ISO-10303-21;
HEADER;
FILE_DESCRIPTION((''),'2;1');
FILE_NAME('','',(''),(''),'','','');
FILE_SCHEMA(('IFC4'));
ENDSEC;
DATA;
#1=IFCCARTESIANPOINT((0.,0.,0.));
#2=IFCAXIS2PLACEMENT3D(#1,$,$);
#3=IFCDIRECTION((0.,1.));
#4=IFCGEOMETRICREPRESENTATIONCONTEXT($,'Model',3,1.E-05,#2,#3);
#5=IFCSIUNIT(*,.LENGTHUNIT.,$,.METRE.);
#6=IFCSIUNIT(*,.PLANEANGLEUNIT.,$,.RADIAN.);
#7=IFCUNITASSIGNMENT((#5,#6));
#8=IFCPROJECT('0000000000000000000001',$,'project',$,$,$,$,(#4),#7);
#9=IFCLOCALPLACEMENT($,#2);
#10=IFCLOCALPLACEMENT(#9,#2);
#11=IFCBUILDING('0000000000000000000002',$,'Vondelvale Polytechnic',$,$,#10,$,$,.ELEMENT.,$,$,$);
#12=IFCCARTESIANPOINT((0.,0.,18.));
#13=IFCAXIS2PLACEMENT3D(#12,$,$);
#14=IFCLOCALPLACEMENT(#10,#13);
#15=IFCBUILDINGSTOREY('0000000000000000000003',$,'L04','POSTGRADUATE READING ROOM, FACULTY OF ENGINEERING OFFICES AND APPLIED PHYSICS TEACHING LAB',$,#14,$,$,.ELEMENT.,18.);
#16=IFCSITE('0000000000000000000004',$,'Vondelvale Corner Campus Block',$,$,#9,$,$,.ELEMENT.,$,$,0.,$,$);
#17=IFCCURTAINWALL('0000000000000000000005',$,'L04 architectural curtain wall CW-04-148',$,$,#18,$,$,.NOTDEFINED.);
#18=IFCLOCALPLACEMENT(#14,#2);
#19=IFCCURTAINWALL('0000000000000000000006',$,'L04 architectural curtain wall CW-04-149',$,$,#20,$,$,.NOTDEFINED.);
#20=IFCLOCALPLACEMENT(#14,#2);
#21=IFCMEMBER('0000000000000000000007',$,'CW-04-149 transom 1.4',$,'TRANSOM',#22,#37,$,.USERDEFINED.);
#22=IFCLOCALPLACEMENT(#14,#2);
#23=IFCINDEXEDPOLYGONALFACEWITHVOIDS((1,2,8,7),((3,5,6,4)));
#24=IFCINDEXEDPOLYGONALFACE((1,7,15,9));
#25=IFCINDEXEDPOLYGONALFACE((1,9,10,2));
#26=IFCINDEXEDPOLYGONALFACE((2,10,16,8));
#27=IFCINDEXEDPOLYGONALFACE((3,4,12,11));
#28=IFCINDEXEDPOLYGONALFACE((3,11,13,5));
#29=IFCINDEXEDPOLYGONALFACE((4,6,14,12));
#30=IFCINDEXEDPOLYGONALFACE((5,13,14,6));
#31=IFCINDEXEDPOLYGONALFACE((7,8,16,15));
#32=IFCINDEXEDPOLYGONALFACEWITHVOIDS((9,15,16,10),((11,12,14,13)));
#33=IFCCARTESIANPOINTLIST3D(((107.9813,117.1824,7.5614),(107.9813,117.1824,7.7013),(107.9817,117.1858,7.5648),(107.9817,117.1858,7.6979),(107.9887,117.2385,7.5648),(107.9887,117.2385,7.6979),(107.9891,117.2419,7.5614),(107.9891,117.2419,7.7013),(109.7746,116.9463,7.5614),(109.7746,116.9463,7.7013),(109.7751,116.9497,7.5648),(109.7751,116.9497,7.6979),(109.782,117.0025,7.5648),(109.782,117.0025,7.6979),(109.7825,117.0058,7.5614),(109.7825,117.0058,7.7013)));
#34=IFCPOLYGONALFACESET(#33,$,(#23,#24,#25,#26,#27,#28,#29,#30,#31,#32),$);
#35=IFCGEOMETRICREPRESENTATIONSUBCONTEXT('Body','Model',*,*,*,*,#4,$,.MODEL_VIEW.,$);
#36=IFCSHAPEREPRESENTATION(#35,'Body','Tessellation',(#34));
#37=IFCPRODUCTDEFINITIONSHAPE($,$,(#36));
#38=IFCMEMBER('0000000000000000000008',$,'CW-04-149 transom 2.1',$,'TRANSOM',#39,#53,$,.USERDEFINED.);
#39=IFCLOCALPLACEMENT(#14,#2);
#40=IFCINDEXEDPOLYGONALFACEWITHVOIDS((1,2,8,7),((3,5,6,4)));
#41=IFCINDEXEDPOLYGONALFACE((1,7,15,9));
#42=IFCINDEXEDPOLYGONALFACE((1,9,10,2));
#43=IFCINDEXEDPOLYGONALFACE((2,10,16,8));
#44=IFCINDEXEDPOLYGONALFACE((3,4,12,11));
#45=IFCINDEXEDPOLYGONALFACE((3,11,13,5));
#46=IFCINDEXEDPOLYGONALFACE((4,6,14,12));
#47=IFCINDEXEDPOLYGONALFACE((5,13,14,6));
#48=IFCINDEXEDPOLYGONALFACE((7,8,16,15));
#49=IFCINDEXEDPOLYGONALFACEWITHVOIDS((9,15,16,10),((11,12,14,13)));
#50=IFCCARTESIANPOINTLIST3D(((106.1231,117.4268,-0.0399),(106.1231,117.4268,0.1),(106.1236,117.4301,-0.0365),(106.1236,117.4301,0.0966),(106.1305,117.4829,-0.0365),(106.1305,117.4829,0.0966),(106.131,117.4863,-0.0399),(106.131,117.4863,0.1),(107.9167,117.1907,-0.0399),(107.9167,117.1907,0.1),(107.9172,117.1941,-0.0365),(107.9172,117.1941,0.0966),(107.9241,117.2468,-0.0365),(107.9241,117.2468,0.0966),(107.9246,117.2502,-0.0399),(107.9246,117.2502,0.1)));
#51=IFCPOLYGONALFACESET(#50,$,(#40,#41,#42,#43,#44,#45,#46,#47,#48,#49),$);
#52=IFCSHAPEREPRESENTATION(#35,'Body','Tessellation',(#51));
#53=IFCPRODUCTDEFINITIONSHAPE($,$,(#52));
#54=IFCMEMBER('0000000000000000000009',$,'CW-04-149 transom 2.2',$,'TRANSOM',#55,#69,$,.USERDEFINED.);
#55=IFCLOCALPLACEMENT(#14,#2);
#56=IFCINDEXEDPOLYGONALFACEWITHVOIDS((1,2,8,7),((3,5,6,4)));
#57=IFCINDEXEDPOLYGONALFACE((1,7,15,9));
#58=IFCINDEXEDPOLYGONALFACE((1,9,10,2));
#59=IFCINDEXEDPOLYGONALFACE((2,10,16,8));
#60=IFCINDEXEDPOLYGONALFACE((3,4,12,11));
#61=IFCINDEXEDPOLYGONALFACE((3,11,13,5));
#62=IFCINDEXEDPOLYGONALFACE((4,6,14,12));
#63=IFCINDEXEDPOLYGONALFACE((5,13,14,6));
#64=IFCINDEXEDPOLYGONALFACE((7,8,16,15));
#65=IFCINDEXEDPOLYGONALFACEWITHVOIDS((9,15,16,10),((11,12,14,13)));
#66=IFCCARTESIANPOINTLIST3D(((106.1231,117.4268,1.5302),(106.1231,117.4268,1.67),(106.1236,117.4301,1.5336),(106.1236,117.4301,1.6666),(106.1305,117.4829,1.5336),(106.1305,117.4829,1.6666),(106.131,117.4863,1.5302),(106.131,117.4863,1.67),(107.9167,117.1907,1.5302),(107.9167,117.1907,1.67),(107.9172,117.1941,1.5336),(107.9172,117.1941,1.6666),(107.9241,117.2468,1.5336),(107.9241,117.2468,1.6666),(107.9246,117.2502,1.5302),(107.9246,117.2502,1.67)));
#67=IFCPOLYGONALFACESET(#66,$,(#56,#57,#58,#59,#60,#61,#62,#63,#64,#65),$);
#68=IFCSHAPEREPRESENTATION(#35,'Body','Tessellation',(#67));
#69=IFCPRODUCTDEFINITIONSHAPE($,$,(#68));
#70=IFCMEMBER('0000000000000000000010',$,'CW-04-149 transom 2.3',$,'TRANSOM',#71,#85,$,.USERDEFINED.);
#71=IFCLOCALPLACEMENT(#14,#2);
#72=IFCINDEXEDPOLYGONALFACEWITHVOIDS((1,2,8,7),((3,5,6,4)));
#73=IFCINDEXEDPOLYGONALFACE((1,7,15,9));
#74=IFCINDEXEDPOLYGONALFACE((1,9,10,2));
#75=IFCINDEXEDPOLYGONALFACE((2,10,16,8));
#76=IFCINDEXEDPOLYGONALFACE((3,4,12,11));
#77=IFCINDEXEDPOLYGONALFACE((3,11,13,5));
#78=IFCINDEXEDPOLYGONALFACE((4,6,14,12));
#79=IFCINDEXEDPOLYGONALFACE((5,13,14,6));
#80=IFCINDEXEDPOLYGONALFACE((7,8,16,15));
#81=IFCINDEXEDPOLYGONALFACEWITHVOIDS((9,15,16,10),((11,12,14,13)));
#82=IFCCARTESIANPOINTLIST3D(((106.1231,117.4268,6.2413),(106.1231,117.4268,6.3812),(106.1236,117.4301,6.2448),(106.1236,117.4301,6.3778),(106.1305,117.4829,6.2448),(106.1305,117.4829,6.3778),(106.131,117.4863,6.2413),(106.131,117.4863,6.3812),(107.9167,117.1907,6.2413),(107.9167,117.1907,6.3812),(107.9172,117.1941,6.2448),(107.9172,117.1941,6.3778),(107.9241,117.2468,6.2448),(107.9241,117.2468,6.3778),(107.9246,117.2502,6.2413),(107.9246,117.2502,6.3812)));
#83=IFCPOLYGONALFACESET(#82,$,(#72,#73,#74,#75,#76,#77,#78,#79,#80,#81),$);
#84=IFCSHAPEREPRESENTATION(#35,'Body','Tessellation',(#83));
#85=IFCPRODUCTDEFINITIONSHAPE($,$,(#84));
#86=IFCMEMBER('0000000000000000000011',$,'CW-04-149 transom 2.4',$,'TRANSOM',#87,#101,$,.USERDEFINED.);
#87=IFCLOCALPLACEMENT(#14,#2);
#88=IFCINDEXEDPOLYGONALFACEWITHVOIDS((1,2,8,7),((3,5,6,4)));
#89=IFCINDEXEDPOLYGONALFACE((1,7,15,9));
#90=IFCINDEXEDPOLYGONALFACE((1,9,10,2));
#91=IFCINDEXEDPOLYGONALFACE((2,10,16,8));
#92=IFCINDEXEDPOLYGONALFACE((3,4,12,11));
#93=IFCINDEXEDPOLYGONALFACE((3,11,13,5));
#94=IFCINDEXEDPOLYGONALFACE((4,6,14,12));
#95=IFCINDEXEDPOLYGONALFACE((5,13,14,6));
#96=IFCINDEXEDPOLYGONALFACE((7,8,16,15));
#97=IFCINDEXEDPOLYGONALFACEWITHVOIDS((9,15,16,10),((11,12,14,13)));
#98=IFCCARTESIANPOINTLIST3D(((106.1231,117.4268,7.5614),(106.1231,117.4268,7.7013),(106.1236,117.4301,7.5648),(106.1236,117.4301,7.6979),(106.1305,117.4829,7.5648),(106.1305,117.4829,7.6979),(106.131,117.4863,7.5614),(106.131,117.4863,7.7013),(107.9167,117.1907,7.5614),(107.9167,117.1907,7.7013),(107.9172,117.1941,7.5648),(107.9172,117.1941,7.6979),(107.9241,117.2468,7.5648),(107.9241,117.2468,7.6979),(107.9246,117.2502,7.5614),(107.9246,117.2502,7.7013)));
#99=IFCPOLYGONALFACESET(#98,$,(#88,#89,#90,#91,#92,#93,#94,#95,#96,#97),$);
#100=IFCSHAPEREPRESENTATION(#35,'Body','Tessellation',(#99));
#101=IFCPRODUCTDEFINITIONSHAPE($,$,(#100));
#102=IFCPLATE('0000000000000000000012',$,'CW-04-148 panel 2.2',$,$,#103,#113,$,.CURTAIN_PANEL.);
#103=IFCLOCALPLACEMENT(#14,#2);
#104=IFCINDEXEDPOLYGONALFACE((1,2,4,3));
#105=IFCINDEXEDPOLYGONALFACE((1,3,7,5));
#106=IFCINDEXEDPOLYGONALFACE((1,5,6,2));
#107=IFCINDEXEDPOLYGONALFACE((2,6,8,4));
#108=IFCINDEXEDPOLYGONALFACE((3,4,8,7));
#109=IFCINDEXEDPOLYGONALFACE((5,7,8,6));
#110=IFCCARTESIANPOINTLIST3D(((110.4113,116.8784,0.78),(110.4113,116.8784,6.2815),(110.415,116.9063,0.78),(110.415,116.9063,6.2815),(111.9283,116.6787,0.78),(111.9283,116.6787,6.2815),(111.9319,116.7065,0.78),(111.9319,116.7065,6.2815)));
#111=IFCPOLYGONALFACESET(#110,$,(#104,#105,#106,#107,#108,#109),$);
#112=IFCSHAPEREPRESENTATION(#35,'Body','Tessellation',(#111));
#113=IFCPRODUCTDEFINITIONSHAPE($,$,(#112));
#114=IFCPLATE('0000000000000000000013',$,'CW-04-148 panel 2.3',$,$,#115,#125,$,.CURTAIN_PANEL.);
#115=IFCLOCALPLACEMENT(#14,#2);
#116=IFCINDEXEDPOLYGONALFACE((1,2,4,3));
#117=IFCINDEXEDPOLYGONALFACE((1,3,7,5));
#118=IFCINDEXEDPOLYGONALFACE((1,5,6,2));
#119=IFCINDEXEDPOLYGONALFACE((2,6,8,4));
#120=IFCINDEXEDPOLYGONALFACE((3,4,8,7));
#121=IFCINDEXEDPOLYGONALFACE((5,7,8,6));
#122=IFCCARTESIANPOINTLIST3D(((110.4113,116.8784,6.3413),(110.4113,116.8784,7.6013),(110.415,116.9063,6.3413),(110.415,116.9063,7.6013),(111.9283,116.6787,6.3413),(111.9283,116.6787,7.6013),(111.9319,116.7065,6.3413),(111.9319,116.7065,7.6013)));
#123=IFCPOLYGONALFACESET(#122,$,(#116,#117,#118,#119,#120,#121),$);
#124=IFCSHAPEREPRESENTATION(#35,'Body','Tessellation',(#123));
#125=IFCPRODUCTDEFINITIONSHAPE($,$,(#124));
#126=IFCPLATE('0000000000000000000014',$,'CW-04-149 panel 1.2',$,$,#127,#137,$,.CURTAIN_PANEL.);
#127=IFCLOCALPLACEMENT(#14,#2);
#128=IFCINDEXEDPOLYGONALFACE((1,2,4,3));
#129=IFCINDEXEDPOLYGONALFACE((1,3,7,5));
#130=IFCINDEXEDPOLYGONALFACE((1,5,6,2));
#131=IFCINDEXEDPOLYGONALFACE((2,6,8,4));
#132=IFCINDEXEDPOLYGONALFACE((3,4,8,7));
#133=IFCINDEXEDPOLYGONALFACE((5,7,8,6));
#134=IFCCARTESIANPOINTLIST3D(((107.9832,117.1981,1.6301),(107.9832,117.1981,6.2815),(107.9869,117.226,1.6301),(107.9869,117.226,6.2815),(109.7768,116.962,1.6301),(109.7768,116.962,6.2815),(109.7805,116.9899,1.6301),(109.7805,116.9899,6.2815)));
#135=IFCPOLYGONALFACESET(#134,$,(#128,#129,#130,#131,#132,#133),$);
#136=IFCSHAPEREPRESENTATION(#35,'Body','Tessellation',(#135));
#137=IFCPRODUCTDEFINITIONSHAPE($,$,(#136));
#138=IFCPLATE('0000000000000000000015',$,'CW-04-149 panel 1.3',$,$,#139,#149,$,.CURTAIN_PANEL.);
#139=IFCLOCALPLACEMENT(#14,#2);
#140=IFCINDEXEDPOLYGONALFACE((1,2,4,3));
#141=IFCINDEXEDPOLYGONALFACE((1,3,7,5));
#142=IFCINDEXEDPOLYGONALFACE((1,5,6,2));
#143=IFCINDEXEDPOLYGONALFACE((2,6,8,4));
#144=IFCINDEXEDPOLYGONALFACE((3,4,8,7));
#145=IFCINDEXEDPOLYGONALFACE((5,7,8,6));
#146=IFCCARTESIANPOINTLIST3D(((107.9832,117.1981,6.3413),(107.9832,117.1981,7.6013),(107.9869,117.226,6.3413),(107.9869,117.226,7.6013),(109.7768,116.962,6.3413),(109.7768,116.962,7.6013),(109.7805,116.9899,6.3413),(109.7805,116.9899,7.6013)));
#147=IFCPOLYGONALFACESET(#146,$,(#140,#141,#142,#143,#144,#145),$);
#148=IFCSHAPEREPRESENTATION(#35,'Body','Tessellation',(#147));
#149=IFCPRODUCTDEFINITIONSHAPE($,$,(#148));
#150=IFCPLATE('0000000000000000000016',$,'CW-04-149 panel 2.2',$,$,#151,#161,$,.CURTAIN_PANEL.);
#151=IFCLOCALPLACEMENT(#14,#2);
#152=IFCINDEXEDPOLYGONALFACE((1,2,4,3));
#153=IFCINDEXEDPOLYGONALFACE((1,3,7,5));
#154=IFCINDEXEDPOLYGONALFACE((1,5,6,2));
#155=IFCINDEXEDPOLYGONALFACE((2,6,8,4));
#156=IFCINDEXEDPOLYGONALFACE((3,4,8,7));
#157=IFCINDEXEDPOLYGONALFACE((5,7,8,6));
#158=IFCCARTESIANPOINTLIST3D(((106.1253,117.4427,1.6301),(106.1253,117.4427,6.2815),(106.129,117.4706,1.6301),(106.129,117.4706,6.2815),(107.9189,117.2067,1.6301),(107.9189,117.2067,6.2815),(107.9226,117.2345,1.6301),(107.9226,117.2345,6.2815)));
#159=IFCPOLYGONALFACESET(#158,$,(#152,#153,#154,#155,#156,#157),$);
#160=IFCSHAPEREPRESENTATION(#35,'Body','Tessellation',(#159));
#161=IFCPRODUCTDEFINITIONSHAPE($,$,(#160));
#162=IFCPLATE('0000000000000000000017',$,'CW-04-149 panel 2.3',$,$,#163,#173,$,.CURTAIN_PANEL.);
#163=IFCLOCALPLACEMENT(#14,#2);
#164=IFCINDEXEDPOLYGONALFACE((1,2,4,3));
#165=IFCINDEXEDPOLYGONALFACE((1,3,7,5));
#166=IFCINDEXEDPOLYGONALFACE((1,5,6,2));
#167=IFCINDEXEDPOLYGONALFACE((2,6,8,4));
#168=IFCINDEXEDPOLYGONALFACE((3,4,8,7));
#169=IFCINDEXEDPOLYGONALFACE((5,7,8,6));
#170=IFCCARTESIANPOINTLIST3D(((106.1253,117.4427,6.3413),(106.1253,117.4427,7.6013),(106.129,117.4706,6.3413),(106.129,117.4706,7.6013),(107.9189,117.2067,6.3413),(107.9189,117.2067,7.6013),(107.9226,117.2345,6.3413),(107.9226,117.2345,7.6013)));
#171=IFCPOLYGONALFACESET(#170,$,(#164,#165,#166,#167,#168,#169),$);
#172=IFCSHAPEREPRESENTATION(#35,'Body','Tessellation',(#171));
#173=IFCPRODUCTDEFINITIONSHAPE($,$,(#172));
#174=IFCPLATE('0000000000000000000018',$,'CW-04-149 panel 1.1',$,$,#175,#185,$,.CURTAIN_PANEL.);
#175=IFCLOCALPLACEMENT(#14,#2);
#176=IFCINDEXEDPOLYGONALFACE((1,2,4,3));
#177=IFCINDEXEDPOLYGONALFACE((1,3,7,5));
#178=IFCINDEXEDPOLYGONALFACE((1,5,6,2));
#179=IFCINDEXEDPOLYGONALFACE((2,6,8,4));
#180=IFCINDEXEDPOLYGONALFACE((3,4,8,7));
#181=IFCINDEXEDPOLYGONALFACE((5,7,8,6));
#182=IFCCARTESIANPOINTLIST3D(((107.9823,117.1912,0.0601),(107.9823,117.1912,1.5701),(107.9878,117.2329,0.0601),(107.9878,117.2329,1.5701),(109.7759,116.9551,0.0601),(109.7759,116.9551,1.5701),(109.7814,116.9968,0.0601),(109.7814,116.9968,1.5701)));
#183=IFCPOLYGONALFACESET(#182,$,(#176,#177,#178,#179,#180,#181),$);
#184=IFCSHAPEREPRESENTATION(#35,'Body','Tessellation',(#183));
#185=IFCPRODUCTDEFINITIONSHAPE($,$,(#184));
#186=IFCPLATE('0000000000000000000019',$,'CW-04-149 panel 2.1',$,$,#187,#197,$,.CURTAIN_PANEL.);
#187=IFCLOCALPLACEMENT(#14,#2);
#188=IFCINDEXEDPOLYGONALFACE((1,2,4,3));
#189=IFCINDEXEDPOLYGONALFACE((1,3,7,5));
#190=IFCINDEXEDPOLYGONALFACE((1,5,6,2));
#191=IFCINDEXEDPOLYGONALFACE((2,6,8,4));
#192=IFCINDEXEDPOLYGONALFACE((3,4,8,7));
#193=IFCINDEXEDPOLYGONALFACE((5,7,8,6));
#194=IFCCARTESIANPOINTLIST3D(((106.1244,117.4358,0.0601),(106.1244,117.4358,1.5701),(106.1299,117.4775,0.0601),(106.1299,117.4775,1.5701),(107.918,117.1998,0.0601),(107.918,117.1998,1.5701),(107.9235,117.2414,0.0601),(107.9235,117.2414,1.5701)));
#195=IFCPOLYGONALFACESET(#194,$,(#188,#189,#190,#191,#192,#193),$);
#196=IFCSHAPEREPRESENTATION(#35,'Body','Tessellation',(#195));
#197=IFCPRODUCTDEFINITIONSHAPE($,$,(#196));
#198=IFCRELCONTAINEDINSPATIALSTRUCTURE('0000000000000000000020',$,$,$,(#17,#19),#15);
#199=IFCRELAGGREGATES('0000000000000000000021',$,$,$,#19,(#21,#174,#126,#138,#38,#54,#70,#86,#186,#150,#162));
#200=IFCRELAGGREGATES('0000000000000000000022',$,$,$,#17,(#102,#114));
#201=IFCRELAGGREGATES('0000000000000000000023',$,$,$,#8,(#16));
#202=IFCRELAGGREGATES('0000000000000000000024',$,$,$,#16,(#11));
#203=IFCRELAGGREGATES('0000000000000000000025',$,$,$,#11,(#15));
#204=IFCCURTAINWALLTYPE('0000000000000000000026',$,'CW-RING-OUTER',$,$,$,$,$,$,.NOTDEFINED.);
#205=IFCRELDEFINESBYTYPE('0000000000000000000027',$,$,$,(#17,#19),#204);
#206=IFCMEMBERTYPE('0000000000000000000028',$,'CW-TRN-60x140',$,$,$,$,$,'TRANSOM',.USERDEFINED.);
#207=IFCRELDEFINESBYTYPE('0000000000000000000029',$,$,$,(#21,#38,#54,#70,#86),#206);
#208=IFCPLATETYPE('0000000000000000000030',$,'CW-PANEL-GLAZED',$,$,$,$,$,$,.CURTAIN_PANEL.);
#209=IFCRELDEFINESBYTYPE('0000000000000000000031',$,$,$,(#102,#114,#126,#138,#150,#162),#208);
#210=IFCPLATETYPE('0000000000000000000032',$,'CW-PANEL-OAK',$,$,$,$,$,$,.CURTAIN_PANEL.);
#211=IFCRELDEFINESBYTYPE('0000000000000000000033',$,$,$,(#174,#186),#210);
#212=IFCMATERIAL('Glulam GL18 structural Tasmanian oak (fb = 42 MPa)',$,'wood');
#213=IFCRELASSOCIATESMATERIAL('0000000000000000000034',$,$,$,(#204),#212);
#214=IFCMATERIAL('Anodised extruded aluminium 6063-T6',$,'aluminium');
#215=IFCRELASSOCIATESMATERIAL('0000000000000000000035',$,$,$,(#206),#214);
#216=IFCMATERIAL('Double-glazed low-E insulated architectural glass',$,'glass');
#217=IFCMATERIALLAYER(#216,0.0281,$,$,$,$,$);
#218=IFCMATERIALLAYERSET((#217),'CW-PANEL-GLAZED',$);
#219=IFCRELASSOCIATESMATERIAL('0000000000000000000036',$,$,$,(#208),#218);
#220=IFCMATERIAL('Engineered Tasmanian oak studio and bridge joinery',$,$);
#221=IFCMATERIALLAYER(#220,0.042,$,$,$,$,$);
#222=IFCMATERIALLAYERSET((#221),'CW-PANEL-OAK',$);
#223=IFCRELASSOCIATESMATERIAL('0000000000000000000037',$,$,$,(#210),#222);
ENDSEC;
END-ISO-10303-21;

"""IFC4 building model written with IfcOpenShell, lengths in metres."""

from ifc_helpers import new_model, si_unit, direction, frame, origin, origin_2d, place, context, subcontext, project, spatial, rectangle, hollow_rectangle, extrude, material, layer, layer_set, material_profile, profile_set, type_object, element, aggregate, save


model = new_model("IFC4")

# Units and contexts
model_context = context("Model", 3, precision=1e-05, world=origin(), true_north=direction((0.0, 1.0)))
body_context = subcontext(model_context, "Body", "Model", "MODEL_VIEW")
ifc_project = project(units=[si_unit("LENGTHUNIT", "METRE"), si_unit("PLANEANGLEUNIT", "RADIAN")], contexts=[model_context])

# Site, building, storey
site_placement = place(None, origin())
site = spatial("IfcSite", under=ifc_project, at=site_placement, Name="Vondelvale Corner Campus Block", CompositionType="ELEMENT", RefElevation=0.0)
building_placement = place(site_placement, origin())
building = spatial("IfcBuilding", under=site, at=building_placement, Name="Vondelvale Polytechnic", CompositionType="ELEMENT")
storey_placement = place(building_placement, frame((0.0, 0.0, 18.0)))
storey = spatial("IfcBuildingStorey", under=building, at=storey_placement, Name="L04", Description="POSTGRADUATE READING ROOM, FACULTY OF ENGINEERING OFFICES AND APPLIED PHYSICS TEACHING LAB", CompositionType="ELEMENT", Elevation=18.0)

# Shared definitions
ifc_material_1 = material(Name="Glulam GL18 structural Tasmanian oak (fb = 42 MPa)", Category="wood")

# Curtain wall
curtain_wall_type = type_object("IfcCurtainWallType", Name="CW-RING-OUTER", PredefinedType="NOTDEFINED", material=ifc_material_1)
curtain_wall_1_placement = place(storey_placement, origin())
curtain_wall_1 = element("IfcCurtainWall", 1, at=curtain_wall_1_placement, inside=storey, type_object=curtain_wall_type, Name="L04 architectural curtain wall CW-04-148", PredefinedType="NOTDEFINED")
ifc_material_2 = material(Name="Anodised extruded aluminium 6063-T6", Category="aluminium")

# Curtain wall
curtain_wall_2_placement = place(storey_placement, origin())
curtain_wall_2 = element("IfcCurtainWall", 2, at=curtain_wall_2_placement, inside=storey, type_object=curtain_wall_type, Name="L04 architectural curtain wall CW-04-149", PredefinedType="NOTDEFINED")

# Members
ifc_material_profile_1 = material_profile(ifc_material_2, hollow_rectangle(XDim=0.0601, YDim=0.1399, WallThickness=0.0034, at=origin_2d()), Name="CW-TRN-140x60")
ifc_profile_set_1 = profile_set([ifc_material_profile_1], Name="Anodised extruded aluminium 6063-T6")
member_type_1 = type_object("IfcMemberType", Name="CW-TRN-60x140", ElementType="TRANSOM", PredefinedType="USERDEFINED", material=ifc_profile_set_1)
member_1_placement = place(storey_placement, frame((109.7786, 116.9761, 7.6313), z_axis=(-0.991447, 0.13051, 0.0), x_axis=(-0.13051, -0.991447, 0.0)))
member_1 = element("IfcMember", 3, at=member_1_placement, type_object=member_type_1, Name="CW-04-149 transom 1.4", ObjectType="TRANSOM", PredefinedType="USERDEFINED", context=body_context, shape_type="SweptSolid", body=[
    extrude(hollow_rectangle(XDim=0.0601, YDim=0.1399, WallThickness=0.0034, at=origin_2d()), origin(), (0.0, 0.0, 1.0), 1.8088),
])
member_2_placement = place(storey_placement, frame((107.9207, 117.2205, 0.03), z_axis=(-0.991449, 0.130493, 0.0), x_axis=(-0.130493, -0.991449, 0.0)))
member_2 = element("IfcMember", 4, at=member_2_placement, type_object=member_type_1, Name="CW-04-149 transom 2.1", ObjectType="TRANSOM", PredefinedType="USERDEFINED", context=body_context, shape_type="SweptSolid", body=[
    extrude(hollow_rectangle(XDim=0.0601, YDim=0.1399, WallThickness=0.0034, at=origin_2d()), origin(), (0.0, 0.0, 1.0), 1.8091),
])
member_3_placement = place(storey_placement, frame((107.9207, 117.2205, 1.6001), z_axis=(-0.991449, 0.130493, 0.0), x_axis=(-0.130493, -0.991449, 0.0)))
member_3 = element("IfcMember", 5, at=member_3_placement, type_object=member_type_1, Name="CW-04-149 transom 2.2", ObjectType="TRANSOM", PredefinedType="USERDEFINED", context=body_context, shape_type="SweptSolid", body=[
    extrude(hollow_rectangle(XDim=0.0601, YDim=0.1399, WallThickness=0.0034, at=origin_2d()), origin(), (0.0, 0.0, 1.0), 1.8091),
])
member_4_placement = place(storey_placement, frame((107.9207, 117.2205, 6.3113), z_axis=(-0.991449, 0.130493, 0.0), x_axis=(-0.130493, -0.991449, 0.0)))
member_4 = element("IfcMember", 6, at=member_4_placement, type_object=member_type_1, Name="CW-04-149 transom 2.3", ObjectType="TRANSOM", PredefinedType="USERDEFINED", context=body_context, shape_type="SweptSolid", body=[
    extrude(hollow_rectangle(XDim=0.0601, YDim=0.1399, WallThickness=0.0034, at=origin_2d()), origin(), (0.0, 0.0, 1.0), 1.8091),
])
member_5_placement = place(storey_placement, frame((107.9207, 117.2205, 7.6313), z_axis=(-0.991449, 0.130493, 0.0), x_axis=(-0.130493, -0.991449, 0.0)))
member_5 = element("IfcMember", 7, at=member_5_placement, type_object=member_type_1, Name="CW-04-149 transom 2.4", ObjectType="TRANSOM", PredefinedType="USERDEFINED", context=body_context, shape_type="SweptSolid", body=[
    extrude(hollow_rectangle(XDim=0.0601, YDim=0.1399, WallThickness=0.0034, at=origin_2d()), origin(), (0.0, 0.0, 1.0), 1.8091),
])

# Plates
ifc_material_3 = material(Name="Double-glazed low-E insulated architectural glass", Category="glass")
ifc_layer_1 = layer(ifc_material_3, 0.0281)
ifc_layer_set_1 = layer_set([ifc_layer_1], Name="CW-PANEL-GLAZED")
plate_type_1 = type_object("IfcPlateType", Name="CW-PANEL-GLAZED", PredefinedType="CURTAIN_PANEL", material=ifc_layer_set_1)
plate_1_placement = place(storey_placement, frame((111.1716, 116.7925, 0.78), z_axis=(0.0, 0.0, 1.0), x_axis=(-0.991443, 0.13054, 0.0)))
plate_1 = element("IfcPlate", 8, at=plate_1_placement, type_object=plate_type_1, Name="CW-04-148 panel 2.2", PredefinedType="CURTAIN_PANEL", context=body_context, shape_type="SweptSolid", body=[
    extrude(rectangle(XDim=1.53, YDim=0.0281, at=origin_2d()), origin(), (0.0, 0.0, 1.0), 5.5015),
])
plate_2_placement = place(storey_placement, frame((111.1716, 116.7925, 6.3413), z_axis=(0.0, 0.0, 1.0), x_axis=(-0.991443, 0.13054, 0.0)))
plate_2 = element("IfcPlate", 9, at=plate_2_placement, type_object=plate_type_1, Name="CW-04-148 panel 2.3", PredefinedType="CURTAIN_PANEL", context=body_context, shape_type="SweptSolid", body=[
    extrude(rectangle(XDim=1.53, YDim=0.0281, at=origin_2d()), origin(), (0.0, 0.0, 1.0), 1.26),
])
plate_3_placement = place(storey_placement, frame((108.8818, 117.094, 1.6301), z_axis=(0.0, 0.0, 1.0), x_axis=(-0.991449, 0.130497, 0.0)))
plate_3 = element("IfcPlate", 10, at=plate_3_placement, type_object=plate_type_1, Name="CW-04-149 panel 1.2", PredefinedType="CURTAIN_PANEL", context=body_context, shape_type="SweptSolid", body=[
    extrude(rectangle(XDim=1.8091, YDim=0.0281, at=origin_2d()), origin(), (0.0, 0.0, 1.0), 4.6514),
])
plate_4_placement = place(storey_placement, frame((108.8818, 117.094, 6.3413), z_axis=(0.0, 0.0, 1.0), x_axis=(-0.991449, 0.130497, 0.0)))
plate_4 = element("IfcPlate", 11, at=plate_4_placement, type_object=plate_type_1, Name="CW-04-149 panel 1.3", PredefinedType="CURTAIN_PANEL", context=body_context, shape_type="SweptSolid", body=[
    extrude(rectangle(XDim=1.8091, YDim=0.0281, at=origin_2d()), origin(), (0.0, 0.0, 1.0), 1.26),
])
plate_5_placement = place(storey_placement, frame((107.0239, 117.3386, 1.6301), z_axis=(0.0, 0.0, 1.0), x_axis=(-0.991449, 0.130497, 0.0)))
plate_5 = element("IfcPlate", 12, at=plate_5_placement, type_object=plate_type_1, Name="CW-04-149 panel 2.2", PredefinedType="CURTAIN_PANEL", context=body_context, shape_type="SweptSolid", body=[
    extrude(rectangle(XDim=1.8091, YDim=0.0281, at=origin_2d()), origin(), (0.0, 0.0, 1.0), 4.6514),
])
plate_6_placement = place(storey_placement, frame((107.0239, 117.3386, 6.3413), z_axis=(0.0, 0.0, 1.0), x_axis=(-0.991449, 0.130497, 0.0)))
plate_6 = element("IfcPlate", 13, at=plate_6_placement, type_object=plate_type_1, Name="CW-04-149 panel 2.3", PredefinedType="CURTAIN_PANEL", context=body_context, shape_type="SweptSolid", body=[
    extrude(rectangle(XDim=1.8091, YDim=0.0281, at=origin_2d()), origin(), (0.0, 0.0, 1.0), 1.26),
])
ifc_material_4 = material(Name="Engineered Tasmanian oak studio and bridge joinery")
ifc_layer_2 = layer(ifc_material_4, 0.042)
ifc_layer_set_2 = layer_set([ifc_layer_2], Name="CW-PANEL-OAK")
plate_type_2 = type_object("IfcPlateType", Name="CW-PANEL-OAK", PredefinedType="CURTAIN_PANEL", material=ifc_layer_set_2)
plate_7_placement = place(storey_placement, frame((108.8818, 117.094, 0.0601), z_axis=(0.0, 0.0, 1.0), x_axis=(-0.991449, 0.130497, 0.0)))
plate_7 = element("IfcPlate", 14, at=plate_7_placement, type_object=plate_type_2, Name="CW-04-149 panel 1.1", PredefinedType="CURTAIN_PANEL", context=body_context, shape_type="SweptSolid", body=[
    extrude(rectangle(XDim=1.8091, YDim=0.042, at=origin_2d()), origin(), (0.0, 0.0, 1.0), 1.51),
])
plate_8_placement = place(storey_placement, frame((107.0239, 117.3386, 0.0601), z_axis=(0.0, 0.0, 1.0), x_axis=(-0.991449, 0.130497, 0.0)))
plate_8 = element("IfcPlate", 15, at=plate_8_placement, type_object=plate_type_2, Name="CW-04-149 panel 2.1", PredefinedType="CURTAIN_PANEL", context=body_context, shape_type="SweptSolid", body=[
    extrude(rectangle(XDim=1.8091, YDim=0.042, at=origin_2d()), origin(), (0.0, 0.0, 1.0), 1.51),
])
aggregate(curtain_wall_2, [member_1, plate_7, plate_3, plate_4, member_2, member_3, member_4, member_5, plate_8, plate_5, plate_6])
aggregate(curtain_wall_1, [plate_1, plate_2])

save(model, "model.ifc")
